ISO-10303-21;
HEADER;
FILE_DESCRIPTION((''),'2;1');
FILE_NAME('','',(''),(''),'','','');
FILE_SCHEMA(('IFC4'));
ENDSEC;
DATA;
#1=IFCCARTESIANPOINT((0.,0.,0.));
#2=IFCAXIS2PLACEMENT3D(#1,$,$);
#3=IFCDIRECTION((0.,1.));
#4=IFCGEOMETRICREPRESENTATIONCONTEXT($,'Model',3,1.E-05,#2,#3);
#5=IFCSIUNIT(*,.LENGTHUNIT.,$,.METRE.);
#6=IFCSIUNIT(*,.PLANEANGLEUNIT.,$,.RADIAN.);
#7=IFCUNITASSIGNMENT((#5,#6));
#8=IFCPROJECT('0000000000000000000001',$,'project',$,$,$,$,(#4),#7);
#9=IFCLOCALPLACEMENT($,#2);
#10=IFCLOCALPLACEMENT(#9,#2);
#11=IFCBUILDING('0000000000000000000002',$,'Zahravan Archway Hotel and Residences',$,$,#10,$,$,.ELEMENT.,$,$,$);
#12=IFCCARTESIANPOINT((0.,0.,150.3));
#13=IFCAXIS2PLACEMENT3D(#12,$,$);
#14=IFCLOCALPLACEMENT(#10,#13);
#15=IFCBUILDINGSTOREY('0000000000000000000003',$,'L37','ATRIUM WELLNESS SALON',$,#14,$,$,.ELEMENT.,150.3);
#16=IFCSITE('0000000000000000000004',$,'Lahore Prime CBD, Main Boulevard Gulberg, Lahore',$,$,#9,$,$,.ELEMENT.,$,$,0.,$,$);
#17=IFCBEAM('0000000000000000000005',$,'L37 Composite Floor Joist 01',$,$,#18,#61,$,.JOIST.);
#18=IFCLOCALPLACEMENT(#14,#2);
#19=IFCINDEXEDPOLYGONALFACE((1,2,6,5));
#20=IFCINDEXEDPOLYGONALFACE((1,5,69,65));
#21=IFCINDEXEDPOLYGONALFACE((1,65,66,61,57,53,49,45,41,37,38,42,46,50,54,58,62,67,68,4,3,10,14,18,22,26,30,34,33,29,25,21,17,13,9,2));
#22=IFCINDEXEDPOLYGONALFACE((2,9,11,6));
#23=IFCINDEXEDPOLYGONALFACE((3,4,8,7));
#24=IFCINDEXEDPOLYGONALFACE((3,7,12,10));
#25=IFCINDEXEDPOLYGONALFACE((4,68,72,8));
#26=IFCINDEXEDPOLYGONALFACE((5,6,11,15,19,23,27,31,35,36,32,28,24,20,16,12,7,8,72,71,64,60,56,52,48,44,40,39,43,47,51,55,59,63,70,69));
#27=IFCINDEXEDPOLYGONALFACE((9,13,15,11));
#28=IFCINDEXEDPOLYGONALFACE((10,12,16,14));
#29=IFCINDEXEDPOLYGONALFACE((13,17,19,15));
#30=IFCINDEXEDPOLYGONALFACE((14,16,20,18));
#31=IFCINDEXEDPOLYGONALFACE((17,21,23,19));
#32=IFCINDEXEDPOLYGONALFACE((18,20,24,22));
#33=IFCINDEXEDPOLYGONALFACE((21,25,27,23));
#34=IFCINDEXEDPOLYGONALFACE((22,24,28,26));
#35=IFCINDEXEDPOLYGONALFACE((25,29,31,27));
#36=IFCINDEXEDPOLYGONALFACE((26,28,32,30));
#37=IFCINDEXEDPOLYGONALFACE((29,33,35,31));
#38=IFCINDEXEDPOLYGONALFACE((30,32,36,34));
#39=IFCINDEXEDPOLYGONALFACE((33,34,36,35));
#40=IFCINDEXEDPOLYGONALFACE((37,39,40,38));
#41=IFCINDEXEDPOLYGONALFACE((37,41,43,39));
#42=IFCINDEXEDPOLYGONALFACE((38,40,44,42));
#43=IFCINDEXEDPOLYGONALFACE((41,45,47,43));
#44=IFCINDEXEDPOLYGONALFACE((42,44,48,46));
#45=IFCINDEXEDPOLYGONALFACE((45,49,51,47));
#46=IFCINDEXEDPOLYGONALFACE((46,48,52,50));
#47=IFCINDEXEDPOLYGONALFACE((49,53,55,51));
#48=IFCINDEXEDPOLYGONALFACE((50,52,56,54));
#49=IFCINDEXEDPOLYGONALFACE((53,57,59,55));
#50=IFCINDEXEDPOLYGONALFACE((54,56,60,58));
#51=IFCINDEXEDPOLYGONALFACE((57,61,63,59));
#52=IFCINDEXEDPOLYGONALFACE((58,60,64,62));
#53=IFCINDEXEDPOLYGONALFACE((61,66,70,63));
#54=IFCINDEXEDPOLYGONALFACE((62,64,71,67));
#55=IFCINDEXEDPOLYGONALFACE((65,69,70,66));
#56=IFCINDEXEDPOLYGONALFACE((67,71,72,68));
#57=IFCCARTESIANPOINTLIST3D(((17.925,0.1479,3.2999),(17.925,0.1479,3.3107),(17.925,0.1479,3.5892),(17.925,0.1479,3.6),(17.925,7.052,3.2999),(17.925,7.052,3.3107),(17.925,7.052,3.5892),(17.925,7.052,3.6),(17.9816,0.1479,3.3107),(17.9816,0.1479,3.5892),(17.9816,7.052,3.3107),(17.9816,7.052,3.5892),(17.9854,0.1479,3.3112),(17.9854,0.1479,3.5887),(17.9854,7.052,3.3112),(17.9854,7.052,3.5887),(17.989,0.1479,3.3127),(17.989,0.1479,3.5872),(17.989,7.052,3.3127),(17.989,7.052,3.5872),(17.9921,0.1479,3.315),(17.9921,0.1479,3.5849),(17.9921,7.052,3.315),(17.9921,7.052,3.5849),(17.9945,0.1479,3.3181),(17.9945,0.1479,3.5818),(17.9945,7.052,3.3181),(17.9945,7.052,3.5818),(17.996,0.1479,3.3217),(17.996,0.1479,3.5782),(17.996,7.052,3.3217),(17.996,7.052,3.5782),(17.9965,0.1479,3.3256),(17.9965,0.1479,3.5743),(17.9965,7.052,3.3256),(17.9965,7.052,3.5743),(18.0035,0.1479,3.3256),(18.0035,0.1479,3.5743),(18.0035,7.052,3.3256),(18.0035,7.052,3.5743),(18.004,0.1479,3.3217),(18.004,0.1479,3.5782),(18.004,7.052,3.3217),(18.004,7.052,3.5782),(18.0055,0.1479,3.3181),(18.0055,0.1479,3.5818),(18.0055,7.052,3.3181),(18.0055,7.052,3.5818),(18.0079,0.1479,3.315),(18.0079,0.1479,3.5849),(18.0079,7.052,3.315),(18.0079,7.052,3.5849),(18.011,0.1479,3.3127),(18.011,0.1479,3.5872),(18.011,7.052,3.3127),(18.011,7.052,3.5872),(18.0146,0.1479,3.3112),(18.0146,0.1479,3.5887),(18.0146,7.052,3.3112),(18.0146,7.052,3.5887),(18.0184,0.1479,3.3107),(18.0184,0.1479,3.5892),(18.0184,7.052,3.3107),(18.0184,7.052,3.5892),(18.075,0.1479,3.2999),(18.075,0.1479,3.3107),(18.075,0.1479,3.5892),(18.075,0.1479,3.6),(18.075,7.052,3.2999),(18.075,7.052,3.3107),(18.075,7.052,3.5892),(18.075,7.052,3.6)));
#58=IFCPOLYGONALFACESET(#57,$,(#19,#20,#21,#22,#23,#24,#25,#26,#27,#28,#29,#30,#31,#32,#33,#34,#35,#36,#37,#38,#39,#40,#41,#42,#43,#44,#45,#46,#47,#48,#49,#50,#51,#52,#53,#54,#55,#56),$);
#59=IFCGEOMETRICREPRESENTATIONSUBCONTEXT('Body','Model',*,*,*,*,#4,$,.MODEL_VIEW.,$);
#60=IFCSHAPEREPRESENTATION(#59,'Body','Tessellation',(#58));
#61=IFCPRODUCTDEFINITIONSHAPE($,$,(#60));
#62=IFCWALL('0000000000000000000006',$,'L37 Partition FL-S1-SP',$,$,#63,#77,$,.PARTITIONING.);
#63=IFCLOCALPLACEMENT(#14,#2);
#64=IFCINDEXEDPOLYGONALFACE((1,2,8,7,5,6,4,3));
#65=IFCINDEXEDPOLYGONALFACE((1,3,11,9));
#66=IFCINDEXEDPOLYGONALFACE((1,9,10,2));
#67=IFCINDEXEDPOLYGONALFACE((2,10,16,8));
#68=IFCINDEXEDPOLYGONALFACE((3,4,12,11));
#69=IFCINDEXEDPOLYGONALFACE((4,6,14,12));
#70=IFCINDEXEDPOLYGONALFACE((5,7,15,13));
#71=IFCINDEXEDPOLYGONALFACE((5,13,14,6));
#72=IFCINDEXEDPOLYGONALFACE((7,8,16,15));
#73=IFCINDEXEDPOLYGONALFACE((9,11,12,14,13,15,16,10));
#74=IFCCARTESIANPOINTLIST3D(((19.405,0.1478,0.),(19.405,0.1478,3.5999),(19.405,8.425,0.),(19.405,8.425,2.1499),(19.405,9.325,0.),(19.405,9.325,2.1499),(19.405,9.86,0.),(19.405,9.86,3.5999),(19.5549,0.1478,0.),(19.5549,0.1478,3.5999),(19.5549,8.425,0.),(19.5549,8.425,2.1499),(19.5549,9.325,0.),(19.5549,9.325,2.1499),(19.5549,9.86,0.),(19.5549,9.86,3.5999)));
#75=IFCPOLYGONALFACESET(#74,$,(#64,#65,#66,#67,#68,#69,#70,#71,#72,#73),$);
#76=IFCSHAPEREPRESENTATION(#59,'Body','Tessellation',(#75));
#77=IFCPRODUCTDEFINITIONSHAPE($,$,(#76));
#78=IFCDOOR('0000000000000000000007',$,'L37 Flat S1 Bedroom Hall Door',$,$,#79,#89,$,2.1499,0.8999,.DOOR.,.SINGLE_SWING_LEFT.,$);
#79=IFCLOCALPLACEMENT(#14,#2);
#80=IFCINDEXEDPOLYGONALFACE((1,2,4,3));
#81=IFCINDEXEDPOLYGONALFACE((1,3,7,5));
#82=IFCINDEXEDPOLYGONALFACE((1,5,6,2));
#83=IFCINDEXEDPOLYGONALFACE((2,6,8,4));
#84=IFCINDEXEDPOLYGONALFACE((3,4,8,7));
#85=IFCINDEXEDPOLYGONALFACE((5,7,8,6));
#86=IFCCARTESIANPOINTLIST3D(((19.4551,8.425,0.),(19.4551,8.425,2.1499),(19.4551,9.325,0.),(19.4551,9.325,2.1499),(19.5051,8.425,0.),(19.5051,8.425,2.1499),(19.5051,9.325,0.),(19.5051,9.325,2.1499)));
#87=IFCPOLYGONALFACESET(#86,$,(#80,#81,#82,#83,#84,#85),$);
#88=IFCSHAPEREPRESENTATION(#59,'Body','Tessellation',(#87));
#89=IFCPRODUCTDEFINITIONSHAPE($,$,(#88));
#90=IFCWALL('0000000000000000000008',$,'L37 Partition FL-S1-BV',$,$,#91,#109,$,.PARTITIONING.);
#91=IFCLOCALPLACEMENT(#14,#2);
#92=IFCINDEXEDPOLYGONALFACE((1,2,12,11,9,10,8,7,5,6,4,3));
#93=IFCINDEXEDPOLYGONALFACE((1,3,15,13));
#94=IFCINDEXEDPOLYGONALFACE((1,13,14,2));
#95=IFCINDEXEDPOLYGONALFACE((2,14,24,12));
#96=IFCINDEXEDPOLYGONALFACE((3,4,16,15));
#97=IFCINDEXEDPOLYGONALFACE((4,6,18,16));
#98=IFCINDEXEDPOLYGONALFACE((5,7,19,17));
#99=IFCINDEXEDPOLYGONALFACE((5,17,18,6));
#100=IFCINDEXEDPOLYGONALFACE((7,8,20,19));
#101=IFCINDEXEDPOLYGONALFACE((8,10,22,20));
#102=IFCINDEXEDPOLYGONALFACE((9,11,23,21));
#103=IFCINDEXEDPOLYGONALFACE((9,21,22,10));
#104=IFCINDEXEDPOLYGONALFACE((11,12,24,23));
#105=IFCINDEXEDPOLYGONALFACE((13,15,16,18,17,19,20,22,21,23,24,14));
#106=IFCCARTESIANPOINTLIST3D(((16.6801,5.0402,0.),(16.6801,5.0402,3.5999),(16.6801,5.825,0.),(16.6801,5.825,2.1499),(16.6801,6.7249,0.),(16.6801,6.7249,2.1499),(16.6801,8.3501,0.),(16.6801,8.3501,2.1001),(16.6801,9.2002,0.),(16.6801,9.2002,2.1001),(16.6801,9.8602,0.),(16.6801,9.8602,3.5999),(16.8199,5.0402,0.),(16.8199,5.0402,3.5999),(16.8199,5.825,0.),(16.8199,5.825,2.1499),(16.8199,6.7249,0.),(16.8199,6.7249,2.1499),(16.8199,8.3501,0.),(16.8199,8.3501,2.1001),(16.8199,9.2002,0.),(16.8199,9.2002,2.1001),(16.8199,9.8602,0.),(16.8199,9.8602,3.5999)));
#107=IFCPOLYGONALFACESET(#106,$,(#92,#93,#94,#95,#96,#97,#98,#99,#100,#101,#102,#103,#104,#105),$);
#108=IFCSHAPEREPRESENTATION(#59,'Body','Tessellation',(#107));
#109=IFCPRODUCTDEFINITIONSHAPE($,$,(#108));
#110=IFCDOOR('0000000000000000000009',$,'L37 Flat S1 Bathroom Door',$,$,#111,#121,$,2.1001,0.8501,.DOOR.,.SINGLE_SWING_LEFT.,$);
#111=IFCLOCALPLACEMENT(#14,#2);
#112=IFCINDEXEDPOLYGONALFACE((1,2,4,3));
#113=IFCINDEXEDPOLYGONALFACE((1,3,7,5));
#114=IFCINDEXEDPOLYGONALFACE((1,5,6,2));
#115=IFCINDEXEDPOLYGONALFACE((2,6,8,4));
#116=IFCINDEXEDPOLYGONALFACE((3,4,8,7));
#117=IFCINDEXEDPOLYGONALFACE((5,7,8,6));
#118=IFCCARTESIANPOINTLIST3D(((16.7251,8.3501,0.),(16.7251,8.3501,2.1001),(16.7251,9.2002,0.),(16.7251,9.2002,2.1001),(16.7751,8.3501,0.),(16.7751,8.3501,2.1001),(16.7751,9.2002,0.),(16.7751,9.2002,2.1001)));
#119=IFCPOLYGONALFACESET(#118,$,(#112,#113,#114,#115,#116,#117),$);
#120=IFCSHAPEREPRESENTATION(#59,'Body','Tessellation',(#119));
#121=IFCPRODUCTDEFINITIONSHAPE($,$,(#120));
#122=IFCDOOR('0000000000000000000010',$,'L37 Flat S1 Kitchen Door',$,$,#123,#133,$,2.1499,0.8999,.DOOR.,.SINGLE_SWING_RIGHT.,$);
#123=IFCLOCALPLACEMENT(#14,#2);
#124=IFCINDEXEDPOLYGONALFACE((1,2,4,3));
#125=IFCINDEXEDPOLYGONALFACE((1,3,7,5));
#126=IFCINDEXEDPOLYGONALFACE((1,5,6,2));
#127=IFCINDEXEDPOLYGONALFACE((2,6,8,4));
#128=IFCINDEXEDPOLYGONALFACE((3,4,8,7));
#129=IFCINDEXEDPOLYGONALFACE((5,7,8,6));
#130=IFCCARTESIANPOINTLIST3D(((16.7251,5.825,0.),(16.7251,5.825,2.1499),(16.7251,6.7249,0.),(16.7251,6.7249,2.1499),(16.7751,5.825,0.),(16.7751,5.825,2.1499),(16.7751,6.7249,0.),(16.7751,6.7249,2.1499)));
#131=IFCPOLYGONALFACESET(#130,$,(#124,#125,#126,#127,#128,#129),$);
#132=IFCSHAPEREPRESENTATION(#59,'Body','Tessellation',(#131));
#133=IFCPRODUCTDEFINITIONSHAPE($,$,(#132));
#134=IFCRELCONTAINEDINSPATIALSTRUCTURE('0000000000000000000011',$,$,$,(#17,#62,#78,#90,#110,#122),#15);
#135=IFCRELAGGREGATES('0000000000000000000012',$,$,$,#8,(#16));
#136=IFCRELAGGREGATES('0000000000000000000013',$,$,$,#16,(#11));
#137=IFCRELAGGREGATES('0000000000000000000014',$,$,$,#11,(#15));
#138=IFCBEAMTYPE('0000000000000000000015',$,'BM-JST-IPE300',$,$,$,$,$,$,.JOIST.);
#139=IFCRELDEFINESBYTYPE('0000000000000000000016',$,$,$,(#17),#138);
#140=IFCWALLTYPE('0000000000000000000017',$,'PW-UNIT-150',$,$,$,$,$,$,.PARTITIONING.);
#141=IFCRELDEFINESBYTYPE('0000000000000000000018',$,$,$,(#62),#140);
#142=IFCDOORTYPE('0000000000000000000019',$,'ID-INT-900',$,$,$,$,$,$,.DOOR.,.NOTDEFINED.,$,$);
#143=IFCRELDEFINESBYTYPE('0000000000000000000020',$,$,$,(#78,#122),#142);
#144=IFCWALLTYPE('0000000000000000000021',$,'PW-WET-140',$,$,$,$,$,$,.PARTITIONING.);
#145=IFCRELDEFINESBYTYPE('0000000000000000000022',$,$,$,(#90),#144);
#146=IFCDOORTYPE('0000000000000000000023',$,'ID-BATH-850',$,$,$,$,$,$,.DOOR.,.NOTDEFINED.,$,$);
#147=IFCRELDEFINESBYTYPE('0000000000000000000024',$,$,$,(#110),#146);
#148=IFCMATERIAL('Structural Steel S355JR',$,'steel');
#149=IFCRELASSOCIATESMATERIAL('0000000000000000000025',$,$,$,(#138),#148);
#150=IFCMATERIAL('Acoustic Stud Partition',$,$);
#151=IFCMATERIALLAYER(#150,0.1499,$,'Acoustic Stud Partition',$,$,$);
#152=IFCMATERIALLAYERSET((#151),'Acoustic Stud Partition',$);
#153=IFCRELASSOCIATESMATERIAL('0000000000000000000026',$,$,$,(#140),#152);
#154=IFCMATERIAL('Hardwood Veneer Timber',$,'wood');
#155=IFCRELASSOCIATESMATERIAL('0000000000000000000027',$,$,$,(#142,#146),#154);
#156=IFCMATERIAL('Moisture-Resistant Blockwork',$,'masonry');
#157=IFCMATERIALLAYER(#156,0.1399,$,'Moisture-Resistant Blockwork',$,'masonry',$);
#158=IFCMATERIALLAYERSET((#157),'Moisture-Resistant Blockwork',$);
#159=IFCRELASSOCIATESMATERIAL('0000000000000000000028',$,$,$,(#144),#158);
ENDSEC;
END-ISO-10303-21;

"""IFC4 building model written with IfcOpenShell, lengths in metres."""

from ifc_helpers import new_model, si_unit, direction, frame, frame_2d, origin, origin_2d, place, context, subcontext, project, spatial, rectangle, i_section, extrude, source, transform, mapped, material, layer, layer_set, material_profile, profile_set, type_object, type_shapes, element, fill, save


model = new_model("IFC4")

# Units and contexts
model_context = context("Model", 3, precision=1e-05, world=origin(), true_north=direction((0.0, 1.0)))
body_context = subcontext(model_context, "Body", "Model", "MODEL_VIEW")
ifc_project = project(units=[si_unit("LENGTHUNIT", "METRE"), si_unit("PLANEANGLEUNIT", "RADIAN")], contexts=[model_context])

# Site, building, storey
site_placement = place(None, origin())
site = spatial("IfcSite", under=ifc_project, at=site_placement, Name="Lahore Prime CBD, Main Boulevard Gulberg, Lahore", CompositionType="ELEMENT", RefElevation=0.0)
building_placement = place(site_placement, origin())
building = spatial("IfcBuilding", under=site, at=building_placement, Name="Zahravan Archway Hotel and Residences", CompositionType="ELEMENT")
storey_placement = place(building_placement, frame((0.0, 0.0, 150.3)))
storey = spatial("IfcBuildingStorey", under=building, at=storey_placement, Name="L37", Description="ATRIUM WELLNESS SALON", CompositionType="ELEMENT", Elevation=150.3)

# Beam
ifc_material_1 = material(Name="Structural Steel S355JR", Category="steel")
ifc_material_profile_1 = material_profile(ifc_material_1, i_section(OverallWidth=0.1499, OverallDepth=0.3, WebThickness=0.0071, FlangeThickness=0.0107, FilletRadius=0.0149, at=origin_2d()), Name="IPE 300", Category="steel")
ifc_profile_set_1 = profile_set([ifc_material_profile_1], Name="Structural Steel S355JR")
beam_type_1 = type_object("IfcBeamType", Name="BM-JST-IPE300", PredefinedType="JOIST", material=ifc_profile_set_1)
shared_shape_1 = source(origin(), body_context, "Body", "SweptSolid", [
    extrude(i_section(OverallWidth=0.1499, OverallDepth=0.3, WebThickness=0.0071, FlangeThickness=0.0107, FilletRadius=0.0149, at=origin_2d()), origin(), (0.0, 0.0, 1.0), 6.9041),
])
type_shapes(beam_type_1, [shared_shape_1])
beam_1_placement = place(storey_placement, frame((18.0, 0.1479, 3.45), z_axis=(0.0, 1.0, 0.0), x_axis=(-1.0, 0.0, 0.0)))
element("IfcBeam", 1, at=beam_1_placement, inside=storey, type_object=beam_type_1, Name="L37 Composite Floor Joist 01", PredefinedType="JOIST", context=body_context, shape_type="MappedRepresentation", body=[
    mapped(shared_shape_1, transform((0.0, 0.0, 0.0), scale=1.0)),
])

# Wall, opening, door
ifc_material_2 = material(Name="Acoustic Stud Partition")
ifc_layer_1 = layer(ifc_material_2, 0.1499, Name="Acoustic Stud Partition")
ifc_layer_set_1 = layer_set([ifc_layer_1], Name="Acoustic Stud Partition")
wall_type_1 = type_object("IfcWallType", Name="PW-UNIT-150", PredefinedType="PARTITIONING", material=ifc_layer_set_1)
wall_1_placement = place(storey_placement, frame((19.48, 0.1479, 0.0), z_axis=(0.0, 0.0, 1.0), x_axis=(0.0, 1.0, 0.0)))
wall_1 = element("IfcWall", 2, at=wall_1_placement, inside=storey, type_object=wall_type_1, Name="L37 Partition FL-S1-SP", PredefinedType="PARTITIONING", context=body_context, shape_type="SweptSolid", body=[
    extrude(rectangle(XDim=9.7122, YDim=0.1499, at=frame_2d((4.856, 0.0))), origin(), (0.0, 0.0, 1.0), 3.5999),
])
opening_1_placement = place(wall_1_placement, frame((8.2771, 0.0, 0.0)))
opening_1 = element("IfcOpeningElement", 3, at=opening_1_placement, cuts=wall_1, PredefinedType="OPENING", context=body_context, shape_type="SweptSolid", body=[
    extrude(rectangle(XDim=0.8999, YDim=2.1499, at=frame_2d((0.45, 1.075))), frame((0.0, 0.085, 0.0), z_axis=(0.0, -1.0, 0.0), x_axis=(1.0, 0.0, 0.0)), (0.0, 0.0, 1.0), 0.1699),
])
ifc_material_3 = material(Name="Hardwood Veneer Timber", Category="wood")
door_type_1 = type_object("IfcDoorType", Name="ID-INT-900", OperationType="NOTDEFINED", PredefinedType="DOOR", material=ifc_material_3)
shared_shape_2 = source(origin(), body_context, "Body", "SweptSolid", [
    extrude(rectangle(XDim=0.8999, YDim=2.1499, at=frame_2d((0.45, 1.075))), frame((0.0, 0.0249, 0.0), z_axis=(0.0, -1.0, 0.0), x_axis=(1.0, 0.0, 0.0)), (0.0, 0.0, 1.0), 0.05),
])
type_shapes(door_type_1, [shared_shape_2])
door_1_placement = place(opening_1_placement, origin())
door_1 = element("IfcDoor", 4, at=door_1_placement, inside=storey, type_object=door_type_1, Name="L37 Flat S1 Bedroom Hall Door", OperationType="SINGLE_SWING_LEFT", OverallHeight=2.1499, OverallWidth=0.8999, PredefinedType="DOOR", context=body_context, shape_type="MappedRepresentation", body=[
    mapped(shared_shape_2, transform((0.0, 0.0, 0.0), scale=1.0)),
])
fill(opening_1, door_1)

# Wall, openings, doors
ifc_material_4 = material(Name="Moisture-Resistant Blockwork", Category="masonry")
ifc_layer_2 = layer(ifc_material_4, 0.1399, Name="Moisture-Resistant Blockwork", Category="masonry")
ifc_layer_set_2 = layer_set([ifc_layer_2], Name="Moisture-Resistant Blockwork")
wall_type_2 = type_object("IfcWallType", Name="PW-WET-140", PredefinedType="PARTITIONING", material=ifc_layer_set_2)
wall_2_placement = place(storey_placement, frame((16.75, 5.04, 0.0), z_axis=(0.0, 0.0, 1.0), x_axis=(0.0, 1.0, 0.0)))
wall_2 = element("IfcWall", 5, at=wall_2_placement, inside=storey, type_object=wall_type_2, Name="L37 Partition FL-S1-BV", PredefinedType="PARTITIONING", context=body_context, shape_type="SweptSolid", body=[
    extrude(rectangle(XDim=4.8201, YDim=0.1399, at=frame_2d((2.4102, 0.0))), origin(), (0.0, 0.0, 1.0), 3.5999),
])
opening_2_placement = place(wall_2_placement, frame((0.7849, 0.0, 0.0)))
opening_2 = element("IfcOpeningElement", 6, at=opening_2_placement, cuts=wall_2, PredefinedType="OPENING", context=body_context, shape_type="SweptSolid", body=[
    extrude(rectangle(XDim=0.8999, YDim=2.1499, at=frame_2d((0.45, 1.075))), frame((0.0, 0.0801, 0.0), z_axis=(0.0, -1.0, 0.0), x_axis=(1.0, 0.0, 0.0)), (0.0, 0.0, 1.0), 0.1599),
])
opening_3_placement = place(wall_2_placement, frame((3.3101, 0.0, 0.0)))
opening_3 = element("IfcOpeningElement", 7, at=opening_3_placement, cuts=wall_2, PredefinedType="OPENING", context=body_context, shape_type="SweptSolid", body=[
    extrude(rectangle(XDim=0.8501, YDim=2.1001, at=frame_2d((0.425, 1.05))), frame((0.0, 0.0801, 0.0), z_axis=(0.0, -1.0, 0.0), x_axis=(1.0, 0.0, 0.0)), (0.0, 0.0, 1.0), 0.1599),
])
door_type_2 = type_object("IfcDoorType", Name="ID-BATH-850", OperationType="NOTDEFINED", PredefinedType="DOOR", material=ifc_material_3)
shared_shape_3 = source(origin(), body_context, "Body", "SweptSolid", [
    extrude(rectangle(XDim=0.8501, YDim=2.1001, at=frame_2d((0.425, 1.05))), frame((0.0, 0.0249, 0.0), z_axis=(0.0, -1.0, 0.0), x_axis=(1.0, 0.0, 0.0)), (0.0, 0.0, 1.0), 0.05),
])
type_shapes(door_type_2, [shared_shape_3])
door_2_placement = place(opening_3_placement, origin())
door_2 = element("IfcDoor", 8, at=door_2_placement, inside=storey, type_object=door_type_2, Name="L37 Flat S1 Bathroom Door", OperationType="SINGLE_SWING_LEFT", OverallHeight=2.1001, OverallWidth=0.8501, PredefinedType="DOOR", context=body_context, shape_type="MappedRepresentation", body=[
    mapped(shared_shape_3, transform((0.0, 0.0, 0.0), scale=1.0)),
])
fill(opening_3, door_2)
door_3_placement = place(opening_2_placement, origin())
door_3 = element("IfcDoor", 9, at=door_3_placement, inside=storey, type_object=door_type_1, Name="L37 Flat S1 Kitchen Door", OperationType="SINGLE_SWING_RIGHT", OverallHeight=2.1499, OverallWidth=0.8999, PredefinedType="DOOR", context=body_context, shape_type="MappedRepresentation", body=[
    mapped(shared_shape_2, transform((0.0, 0.0, 0.0), scale=1.0)),
])
fill(opening_2, door_3)

save(model, "model.ifc")
